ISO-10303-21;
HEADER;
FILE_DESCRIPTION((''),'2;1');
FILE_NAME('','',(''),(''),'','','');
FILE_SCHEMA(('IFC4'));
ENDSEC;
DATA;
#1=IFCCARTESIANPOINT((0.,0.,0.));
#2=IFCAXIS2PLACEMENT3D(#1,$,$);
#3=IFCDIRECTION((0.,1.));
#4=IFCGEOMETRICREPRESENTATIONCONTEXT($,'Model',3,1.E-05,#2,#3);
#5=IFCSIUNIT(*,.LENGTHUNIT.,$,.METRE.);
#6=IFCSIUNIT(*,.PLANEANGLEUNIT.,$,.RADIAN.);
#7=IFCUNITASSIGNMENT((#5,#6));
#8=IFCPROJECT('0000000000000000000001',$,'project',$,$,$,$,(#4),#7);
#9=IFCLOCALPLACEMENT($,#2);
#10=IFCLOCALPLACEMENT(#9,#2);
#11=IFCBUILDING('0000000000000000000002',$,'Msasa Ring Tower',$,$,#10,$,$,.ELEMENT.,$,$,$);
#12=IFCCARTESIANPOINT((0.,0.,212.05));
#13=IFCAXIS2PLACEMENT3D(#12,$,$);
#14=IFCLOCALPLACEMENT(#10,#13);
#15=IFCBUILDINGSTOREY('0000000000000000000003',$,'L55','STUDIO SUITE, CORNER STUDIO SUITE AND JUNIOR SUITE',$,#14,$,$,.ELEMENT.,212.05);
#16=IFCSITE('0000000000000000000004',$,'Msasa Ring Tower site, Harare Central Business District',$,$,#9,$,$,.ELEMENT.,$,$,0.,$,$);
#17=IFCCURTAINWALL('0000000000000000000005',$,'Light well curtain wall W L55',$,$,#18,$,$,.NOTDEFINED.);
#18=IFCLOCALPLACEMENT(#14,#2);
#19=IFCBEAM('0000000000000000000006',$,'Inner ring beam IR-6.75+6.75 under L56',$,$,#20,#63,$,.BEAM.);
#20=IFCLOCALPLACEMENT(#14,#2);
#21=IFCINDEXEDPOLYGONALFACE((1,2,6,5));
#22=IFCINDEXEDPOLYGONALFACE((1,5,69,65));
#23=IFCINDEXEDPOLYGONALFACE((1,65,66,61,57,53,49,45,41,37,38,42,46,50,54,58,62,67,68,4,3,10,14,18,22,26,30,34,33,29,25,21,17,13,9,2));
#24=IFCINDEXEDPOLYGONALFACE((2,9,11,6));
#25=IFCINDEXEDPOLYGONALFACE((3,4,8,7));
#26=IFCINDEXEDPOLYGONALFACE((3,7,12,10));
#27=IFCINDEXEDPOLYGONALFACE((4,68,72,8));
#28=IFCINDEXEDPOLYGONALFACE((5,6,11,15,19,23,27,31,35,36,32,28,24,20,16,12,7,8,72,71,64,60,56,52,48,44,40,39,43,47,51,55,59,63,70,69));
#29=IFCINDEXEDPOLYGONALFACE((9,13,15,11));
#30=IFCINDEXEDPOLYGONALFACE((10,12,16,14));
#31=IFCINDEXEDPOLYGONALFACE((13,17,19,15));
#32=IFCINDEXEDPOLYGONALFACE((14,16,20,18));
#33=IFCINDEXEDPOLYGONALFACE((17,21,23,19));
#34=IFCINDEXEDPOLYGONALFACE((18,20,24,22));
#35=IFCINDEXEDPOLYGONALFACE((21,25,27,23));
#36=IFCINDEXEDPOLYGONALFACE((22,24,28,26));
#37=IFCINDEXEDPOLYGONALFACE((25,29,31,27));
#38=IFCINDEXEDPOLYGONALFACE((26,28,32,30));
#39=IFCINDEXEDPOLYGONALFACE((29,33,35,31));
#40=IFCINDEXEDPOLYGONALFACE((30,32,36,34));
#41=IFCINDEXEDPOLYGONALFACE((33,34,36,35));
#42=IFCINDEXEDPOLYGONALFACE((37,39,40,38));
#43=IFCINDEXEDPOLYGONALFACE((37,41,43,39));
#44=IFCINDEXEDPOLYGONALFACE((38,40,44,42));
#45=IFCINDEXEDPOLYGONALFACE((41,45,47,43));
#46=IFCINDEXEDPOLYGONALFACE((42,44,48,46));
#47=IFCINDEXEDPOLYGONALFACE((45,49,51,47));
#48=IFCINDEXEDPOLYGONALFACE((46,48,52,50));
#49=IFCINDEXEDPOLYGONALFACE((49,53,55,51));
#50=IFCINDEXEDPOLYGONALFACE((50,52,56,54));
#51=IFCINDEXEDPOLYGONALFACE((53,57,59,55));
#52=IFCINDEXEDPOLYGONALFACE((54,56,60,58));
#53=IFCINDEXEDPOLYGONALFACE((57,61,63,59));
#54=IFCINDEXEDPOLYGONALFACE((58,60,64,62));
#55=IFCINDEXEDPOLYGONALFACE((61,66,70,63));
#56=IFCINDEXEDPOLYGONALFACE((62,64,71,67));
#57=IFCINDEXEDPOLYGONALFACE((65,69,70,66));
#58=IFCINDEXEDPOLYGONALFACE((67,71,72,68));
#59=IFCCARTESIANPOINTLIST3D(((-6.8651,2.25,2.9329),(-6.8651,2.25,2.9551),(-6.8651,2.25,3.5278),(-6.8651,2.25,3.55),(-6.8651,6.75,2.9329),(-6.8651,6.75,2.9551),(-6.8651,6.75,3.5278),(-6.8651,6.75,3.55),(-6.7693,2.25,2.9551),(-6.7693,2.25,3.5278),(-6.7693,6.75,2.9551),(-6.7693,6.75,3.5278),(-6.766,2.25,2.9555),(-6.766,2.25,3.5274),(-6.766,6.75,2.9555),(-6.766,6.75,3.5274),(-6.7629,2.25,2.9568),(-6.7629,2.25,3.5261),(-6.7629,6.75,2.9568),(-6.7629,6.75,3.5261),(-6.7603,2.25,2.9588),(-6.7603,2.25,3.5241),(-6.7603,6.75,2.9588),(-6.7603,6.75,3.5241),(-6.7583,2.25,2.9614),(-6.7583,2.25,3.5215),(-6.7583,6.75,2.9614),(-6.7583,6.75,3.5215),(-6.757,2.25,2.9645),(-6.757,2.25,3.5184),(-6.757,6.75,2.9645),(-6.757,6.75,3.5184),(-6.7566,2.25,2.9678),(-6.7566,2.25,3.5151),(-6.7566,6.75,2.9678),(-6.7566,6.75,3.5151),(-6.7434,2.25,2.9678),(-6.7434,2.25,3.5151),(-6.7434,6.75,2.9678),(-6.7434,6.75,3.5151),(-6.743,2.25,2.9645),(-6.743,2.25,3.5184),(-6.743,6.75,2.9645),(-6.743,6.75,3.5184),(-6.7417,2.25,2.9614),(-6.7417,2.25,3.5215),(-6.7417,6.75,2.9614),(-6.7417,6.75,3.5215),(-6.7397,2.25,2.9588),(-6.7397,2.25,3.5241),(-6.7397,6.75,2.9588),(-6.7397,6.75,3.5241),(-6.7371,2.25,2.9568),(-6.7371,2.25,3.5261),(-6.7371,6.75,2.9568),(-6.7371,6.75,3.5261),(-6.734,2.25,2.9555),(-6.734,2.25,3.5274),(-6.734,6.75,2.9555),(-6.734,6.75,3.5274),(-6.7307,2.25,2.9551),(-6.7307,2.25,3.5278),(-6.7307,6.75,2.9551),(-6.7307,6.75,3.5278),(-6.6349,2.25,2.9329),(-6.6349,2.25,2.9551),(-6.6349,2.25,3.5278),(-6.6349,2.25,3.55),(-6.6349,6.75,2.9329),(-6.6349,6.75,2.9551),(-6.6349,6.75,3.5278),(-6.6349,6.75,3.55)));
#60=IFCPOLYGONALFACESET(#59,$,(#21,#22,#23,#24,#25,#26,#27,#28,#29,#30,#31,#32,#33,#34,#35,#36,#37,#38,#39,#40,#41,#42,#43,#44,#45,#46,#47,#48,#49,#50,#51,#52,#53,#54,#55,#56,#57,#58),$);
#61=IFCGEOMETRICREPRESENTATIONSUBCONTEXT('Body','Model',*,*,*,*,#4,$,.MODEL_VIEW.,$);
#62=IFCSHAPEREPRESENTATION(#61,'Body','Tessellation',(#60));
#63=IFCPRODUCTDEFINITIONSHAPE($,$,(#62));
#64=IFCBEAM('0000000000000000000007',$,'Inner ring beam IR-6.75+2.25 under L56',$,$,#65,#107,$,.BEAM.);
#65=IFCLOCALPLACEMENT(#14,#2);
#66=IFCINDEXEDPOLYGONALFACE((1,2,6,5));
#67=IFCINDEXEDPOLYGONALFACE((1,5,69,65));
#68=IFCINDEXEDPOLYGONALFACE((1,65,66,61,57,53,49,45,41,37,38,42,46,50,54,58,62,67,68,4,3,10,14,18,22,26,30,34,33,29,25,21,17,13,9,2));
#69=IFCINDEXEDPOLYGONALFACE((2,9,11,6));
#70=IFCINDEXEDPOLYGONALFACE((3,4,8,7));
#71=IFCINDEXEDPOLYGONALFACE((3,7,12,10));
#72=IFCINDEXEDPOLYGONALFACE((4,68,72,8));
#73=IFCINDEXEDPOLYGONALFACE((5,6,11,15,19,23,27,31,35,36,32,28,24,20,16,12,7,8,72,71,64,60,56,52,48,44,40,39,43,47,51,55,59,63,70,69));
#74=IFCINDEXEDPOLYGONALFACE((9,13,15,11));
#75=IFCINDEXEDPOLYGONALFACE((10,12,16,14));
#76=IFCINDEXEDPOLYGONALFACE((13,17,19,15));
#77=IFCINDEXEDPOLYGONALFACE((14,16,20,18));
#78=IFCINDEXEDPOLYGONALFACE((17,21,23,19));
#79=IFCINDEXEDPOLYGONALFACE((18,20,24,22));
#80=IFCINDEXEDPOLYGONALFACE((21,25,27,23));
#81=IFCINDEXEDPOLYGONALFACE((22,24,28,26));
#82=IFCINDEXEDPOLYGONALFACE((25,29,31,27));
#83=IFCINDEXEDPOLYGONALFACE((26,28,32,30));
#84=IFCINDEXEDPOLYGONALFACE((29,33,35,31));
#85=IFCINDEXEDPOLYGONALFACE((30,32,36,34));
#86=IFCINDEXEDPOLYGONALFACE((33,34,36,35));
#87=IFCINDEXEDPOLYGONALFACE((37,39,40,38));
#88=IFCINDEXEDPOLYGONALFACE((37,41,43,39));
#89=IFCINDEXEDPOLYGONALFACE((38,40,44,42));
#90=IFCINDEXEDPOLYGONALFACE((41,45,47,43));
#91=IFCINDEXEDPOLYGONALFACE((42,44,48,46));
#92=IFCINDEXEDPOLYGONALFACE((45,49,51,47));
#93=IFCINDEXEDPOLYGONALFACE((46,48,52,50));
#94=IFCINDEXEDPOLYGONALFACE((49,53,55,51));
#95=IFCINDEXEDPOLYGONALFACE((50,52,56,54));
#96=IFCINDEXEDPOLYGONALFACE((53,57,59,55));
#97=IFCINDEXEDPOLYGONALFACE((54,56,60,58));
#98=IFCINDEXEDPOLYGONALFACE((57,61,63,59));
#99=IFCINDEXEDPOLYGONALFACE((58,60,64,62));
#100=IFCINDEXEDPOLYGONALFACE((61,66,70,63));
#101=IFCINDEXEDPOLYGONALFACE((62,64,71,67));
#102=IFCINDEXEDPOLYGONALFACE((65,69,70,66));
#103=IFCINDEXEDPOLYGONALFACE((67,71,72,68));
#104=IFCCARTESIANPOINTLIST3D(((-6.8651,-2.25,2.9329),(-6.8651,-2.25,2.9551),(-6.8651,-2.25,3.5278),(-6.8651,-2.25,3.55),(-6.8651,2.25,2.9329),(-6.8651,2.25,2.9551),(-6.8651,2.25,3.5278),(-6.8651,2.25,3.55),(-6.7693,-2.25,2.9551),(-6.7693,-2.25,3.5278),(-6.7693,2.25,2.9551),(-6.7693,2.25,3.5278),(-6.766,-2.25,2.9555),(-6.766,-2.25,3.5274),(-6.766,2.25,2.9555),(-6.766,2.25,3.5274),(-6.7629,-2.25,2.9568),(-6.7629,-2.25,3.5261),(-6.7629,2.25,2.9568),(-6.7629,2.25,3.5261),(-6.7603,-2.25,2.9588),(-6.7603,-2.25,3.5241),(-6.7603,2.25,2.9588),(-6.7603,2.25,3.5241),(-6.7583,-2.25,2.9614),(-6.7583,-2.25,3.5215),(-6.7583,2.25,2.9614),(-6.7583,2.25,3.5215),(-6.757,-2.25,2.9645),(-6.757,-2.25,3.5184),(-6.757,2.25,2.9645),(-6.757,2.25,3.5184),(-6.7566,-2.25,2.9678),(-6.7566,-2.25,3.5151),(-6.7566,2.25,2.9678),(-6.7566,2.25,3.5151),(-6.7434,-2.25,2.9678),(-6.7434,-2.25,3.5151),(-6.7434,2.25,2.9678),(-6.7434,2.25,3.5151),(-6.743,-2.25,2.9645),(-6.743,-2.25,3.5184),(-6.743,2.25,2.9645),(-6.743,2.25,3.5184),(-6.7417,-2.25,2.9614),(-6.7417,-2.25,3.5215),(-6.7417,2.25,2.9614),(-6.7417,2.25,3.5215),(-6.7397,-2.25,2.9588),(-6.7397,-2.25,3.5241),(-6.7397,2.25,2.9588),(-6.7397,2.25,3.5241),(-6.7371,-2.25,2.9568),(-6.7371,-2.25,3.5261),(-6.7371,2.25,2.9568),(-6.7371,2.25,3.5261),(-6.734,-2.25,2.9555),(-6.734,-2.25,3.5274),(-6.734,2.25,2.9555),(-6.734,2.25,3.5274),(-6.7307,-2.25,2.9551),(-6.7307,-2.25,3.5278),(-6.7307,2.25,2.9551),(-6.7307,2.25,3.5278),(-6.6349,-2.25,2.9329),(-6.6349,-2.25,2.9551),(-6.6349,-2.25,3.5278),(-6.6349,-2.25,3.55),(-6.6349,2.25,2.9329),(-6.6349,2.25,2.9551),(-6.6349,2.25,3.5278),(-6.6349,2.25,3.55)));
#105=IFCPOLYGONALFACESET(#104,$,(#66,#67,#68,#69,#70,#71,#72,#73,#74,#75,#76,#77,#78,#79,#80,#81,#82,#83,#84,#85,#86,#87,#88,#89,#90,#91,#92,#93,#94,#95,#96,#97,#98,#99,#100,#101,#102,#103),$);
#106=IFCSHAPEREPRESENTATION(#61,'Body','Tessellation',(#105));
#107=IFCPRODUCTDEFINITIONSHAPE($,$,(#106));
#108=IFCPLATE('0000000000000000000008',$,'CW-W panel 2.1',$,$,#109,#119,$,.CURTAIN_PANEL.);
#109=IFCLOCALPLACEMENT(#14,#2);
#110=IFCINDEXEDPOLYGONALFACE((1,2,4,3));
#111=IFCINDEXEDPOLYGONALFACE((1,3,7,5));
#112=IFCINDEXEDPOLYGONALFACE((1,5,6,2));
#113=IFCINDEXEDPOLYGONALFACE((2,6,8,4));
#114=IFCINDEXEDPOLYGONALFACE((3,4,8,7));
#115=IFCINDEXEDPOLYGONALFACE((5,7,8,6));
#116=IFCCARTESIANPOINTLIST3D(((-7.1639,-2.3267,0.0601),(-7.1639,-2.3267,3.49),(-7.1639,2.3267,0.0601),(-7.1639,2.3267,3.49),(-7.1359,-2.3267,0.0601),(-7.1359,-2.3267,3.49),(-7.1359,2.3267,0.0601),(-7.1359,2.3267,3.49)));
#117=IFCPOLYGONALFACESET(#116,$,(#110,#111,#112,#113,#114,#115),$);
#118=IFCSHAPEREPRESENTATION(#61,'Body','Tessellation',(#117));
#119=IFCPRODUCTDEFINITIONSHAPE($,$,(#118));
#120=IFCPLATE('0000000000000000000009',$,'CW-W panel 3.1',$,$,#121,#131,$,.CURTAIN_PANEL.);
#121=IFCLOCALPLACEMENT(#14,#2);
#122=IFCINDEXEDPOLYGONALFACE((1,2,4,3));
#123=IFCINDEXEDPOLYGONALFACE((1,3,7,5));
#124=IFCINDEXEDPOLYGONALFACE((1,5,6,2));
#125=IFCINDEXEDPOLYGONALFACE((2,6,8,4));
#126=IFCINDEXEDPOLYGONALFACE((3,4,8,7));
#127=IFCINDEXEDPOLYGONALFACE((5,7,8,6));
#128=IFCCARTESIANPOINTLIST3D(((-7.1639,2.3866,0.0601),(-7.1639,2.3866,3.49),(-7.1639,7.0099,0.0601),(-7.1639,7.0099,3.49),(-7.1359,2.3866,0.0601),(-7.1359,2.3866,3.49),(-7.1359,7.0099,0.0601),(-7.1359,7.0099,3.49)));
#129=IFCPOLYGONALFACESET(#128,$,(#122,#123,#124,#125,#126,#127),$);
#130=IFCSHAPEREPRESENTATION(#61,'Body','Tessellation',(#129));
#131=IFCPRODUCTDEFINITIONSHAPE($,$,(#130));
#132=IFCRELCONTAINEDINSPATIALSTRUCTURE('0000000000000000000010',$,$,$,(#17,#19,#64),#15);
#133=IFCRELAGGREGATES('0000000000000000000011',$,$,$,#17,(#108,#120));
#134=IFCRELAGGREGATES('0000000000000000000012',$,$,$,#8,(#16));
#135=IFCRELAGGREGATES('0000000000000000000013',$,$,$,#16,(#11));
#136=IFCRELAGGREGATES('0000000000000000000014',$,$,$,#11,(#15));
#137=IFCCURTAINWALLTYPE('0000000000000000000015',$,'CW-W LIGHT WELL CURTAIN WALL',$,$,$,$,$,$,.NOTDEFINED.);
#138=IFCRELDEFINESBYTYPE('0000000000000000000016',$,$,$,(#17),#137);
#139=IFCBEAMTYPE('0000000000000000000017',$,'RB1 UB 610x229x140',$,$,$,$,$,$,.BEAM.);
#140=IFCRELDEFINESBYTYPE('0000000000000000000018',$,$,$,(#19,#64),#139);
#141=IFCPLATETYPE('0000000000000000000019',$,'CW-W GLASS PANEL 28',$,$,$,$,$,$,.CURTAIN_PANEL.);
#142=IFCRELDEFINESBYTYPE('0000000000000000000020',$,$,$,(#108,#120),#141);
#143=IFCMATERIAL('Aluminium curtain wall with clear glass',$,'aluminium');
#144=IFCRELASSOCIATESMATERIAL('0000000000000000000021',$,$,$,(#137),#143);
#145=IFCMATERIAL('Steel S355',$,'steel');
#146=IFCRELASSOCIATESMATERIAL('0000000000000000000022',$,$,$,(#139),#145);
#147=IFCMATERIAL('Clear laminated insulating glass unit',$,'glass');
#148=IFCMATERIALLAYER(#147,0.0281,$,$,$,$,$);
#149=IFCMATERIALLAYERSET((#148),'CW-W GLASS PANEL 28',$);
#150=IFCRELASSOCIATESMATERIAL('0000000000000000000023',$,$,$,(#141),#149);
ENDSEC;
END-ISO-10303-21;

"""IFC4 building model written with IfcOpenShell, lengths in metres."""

from ifc_helpers import new_model, si_unit, direction, frame, origin, origin_2d, place, context, subcontext, project, spatial, rectangle, i_section, extrude, material, layer, layer_set, material_profile, profile_set, type_object, element, aggregate, save


model = new_model("IFC4")

# Units and contexts
model_context = context("Model", 3, precision=1e-05, world=origin(), true_north=direction((0.0, 1.0)))
body_context = subcontext(model_context, "Body", "Model", "MODEL_VIEW")
ifc_project = project(units=[si_unit("LENGTHUNIT", "METRE"), si_unit("PLANEANGLEUNIT", "RADIAN")], contexts=[model_context])

# Site, building, storey
site_placement = place(None, origin())
site = spatial("IfcSite", under=ifc_project, at=site_placement, Name="Msasa Ring Tower site, Harare Central Business District", CompositionType="ELEMENT", RefElevation=0.0)
building_placement = place(site_placement, origin())
building = spatial("IfcBuilding", under=site, at=building_placement, Name="Msasa Ring Tower", CompositionType="ELEMENT")
storey_placement = place(building_placement, frame((0.0, 0.0, 212.05)))
storey = spatial("IfcBuildingStorey", under=building, at=storey_placement, Name="L55", Description="STUDIO SUITE, CORNER STUDIO SUITE AND JUNIOR SUITE", CompositionType="ELEMENT", Elevation=212.05)

# Curtain wall
ifc_material_1 = material(Name="Aluminium curtain wall with clear glass", Category="aluminium")
curtain_wall_type = type_object("IfcCurtainWallType", Name="CW-W LIGHT WELL CURTAIN WALL", PredefinedType="NOTDEFINED", material=ifc_material_1)
curtain_wall_placement = place(storey_placement, origin())
curtain_wall = element("IfcCurtainWall", 1, at=curtain_wall_placement, inside=storey, type_object=curtain_wall_type, Name="Light well curtain wall W L55", PredefinedType="NOTDEFINED")

# Beams
ifc_material_2 = material(Name="Steel S355", Category="steel")
ifc_material_profile_1 = material_profile(ifc_material_2, i_section(OverallWidth=0.2302, OverallDepth=0.6172, WebThickness=0.0132, FlangeThickness=0.0222, FilletRadius=0.0127, at=origin_2d()), Name="UB 610x229x140")
ifc_profile_set_1 = profile_set([ifc_material_profile_1], Name="Steel S355")
beam_type = type_object("IfcBeamType", Name="RB1 UB 610x229x140", PredefinedType="BEAM", material=ifc_profile_set_1)
for number, where, z_axis, x_axis, name in (
    (2, (-6.75, 6.75, 3.2415), (0.0, -1.0, 0.0), (1.0, 0.0, 0.0), "Inner ring beam IR-6.75+6.75 under L56"),
    (3, (-6.75, 2.25, 3.2415), (0.0, -1.0, 0.0), (1.0, 0.0, 0.0), "Inner ring beam IR-6.75+2.25 under L56"),
):
    element("IfcBeam", number, at=place(storey_placement, frame(where, z_axis=z_axis, x_axis=x_axis)), inside=storey, type_object=beam_type, Name=name, PredefinedType="BEAM", context=body_context, shape_type="SweptSolid", body=[
        extrude(i_section(OverallWidth=0.2302, OverallDepth=0.6172, WebThickness=0.0132, FlangeThickness=0.0222, FilletRadius=0.0127, at=origin_2d()), origin(), (0.0, 0.0, 1.0), 4.5),
    ])

# Plates
ifc_material_3 = material(Name="Clear laminated insulating glass unit", Category="glass")
ifc_layer_1 = layer(ifc_material_3, 0.0281)
ifc_layer_set_1 = layer_set([ifc_layer_1], Name="CW-W GLASS PANEL 28")
plate_type = type_object("IfcPlateType", Name="CW-W GLASS PANEL 28", PredefinedType="CURTAIN_PANEL", material=ifc_layer_set_1)
plate_1_placement = place(storey_placement, frame((-7.1499, 0.0, 0.0601), z_axis=(0.0, 0.0, 1.0), x_axis=(0.0, 1.0, 0.0)))
plate_1 = element("IfcPlate", 4, at=plate_1_placement, type_object=plate_type, Name="CW-W panel 2.1", PredefinedType="CURTAIN_PANEL", context=body_context, shape_type="SweptSolid", body=[
    extrude(rectangle(XDim=4.6533, YDim=0.0281, at=origin_2d()), origin(), (0.0, 0.0, 1.0), 3.4299),
])
plate_2_placement = place(storey_placement, frame((-7.1499, 4.6982, 0.0601), z_axis=(0.0, 0.0, 1.0), x_axis=(0.0, 1.0, 0.0)))
plate_2 = element("IfcPlate", 5, at=plate_2_placement, type_object=plate_type, Name="CW-W panel 3.1", PredefinedType="CURTAIN_PANEL", context=body_context, shape_type="SweptSolid", body=[
    extrude(rectangle(XDim=4.6233, YDim=0.0281, at=origin_2d()), origin(), (0.0, 0.0, 1.0), 3.4299),
])
aggregate(curtain_wall, [plate_1, plate_2])

save(model, "model.ifc")
